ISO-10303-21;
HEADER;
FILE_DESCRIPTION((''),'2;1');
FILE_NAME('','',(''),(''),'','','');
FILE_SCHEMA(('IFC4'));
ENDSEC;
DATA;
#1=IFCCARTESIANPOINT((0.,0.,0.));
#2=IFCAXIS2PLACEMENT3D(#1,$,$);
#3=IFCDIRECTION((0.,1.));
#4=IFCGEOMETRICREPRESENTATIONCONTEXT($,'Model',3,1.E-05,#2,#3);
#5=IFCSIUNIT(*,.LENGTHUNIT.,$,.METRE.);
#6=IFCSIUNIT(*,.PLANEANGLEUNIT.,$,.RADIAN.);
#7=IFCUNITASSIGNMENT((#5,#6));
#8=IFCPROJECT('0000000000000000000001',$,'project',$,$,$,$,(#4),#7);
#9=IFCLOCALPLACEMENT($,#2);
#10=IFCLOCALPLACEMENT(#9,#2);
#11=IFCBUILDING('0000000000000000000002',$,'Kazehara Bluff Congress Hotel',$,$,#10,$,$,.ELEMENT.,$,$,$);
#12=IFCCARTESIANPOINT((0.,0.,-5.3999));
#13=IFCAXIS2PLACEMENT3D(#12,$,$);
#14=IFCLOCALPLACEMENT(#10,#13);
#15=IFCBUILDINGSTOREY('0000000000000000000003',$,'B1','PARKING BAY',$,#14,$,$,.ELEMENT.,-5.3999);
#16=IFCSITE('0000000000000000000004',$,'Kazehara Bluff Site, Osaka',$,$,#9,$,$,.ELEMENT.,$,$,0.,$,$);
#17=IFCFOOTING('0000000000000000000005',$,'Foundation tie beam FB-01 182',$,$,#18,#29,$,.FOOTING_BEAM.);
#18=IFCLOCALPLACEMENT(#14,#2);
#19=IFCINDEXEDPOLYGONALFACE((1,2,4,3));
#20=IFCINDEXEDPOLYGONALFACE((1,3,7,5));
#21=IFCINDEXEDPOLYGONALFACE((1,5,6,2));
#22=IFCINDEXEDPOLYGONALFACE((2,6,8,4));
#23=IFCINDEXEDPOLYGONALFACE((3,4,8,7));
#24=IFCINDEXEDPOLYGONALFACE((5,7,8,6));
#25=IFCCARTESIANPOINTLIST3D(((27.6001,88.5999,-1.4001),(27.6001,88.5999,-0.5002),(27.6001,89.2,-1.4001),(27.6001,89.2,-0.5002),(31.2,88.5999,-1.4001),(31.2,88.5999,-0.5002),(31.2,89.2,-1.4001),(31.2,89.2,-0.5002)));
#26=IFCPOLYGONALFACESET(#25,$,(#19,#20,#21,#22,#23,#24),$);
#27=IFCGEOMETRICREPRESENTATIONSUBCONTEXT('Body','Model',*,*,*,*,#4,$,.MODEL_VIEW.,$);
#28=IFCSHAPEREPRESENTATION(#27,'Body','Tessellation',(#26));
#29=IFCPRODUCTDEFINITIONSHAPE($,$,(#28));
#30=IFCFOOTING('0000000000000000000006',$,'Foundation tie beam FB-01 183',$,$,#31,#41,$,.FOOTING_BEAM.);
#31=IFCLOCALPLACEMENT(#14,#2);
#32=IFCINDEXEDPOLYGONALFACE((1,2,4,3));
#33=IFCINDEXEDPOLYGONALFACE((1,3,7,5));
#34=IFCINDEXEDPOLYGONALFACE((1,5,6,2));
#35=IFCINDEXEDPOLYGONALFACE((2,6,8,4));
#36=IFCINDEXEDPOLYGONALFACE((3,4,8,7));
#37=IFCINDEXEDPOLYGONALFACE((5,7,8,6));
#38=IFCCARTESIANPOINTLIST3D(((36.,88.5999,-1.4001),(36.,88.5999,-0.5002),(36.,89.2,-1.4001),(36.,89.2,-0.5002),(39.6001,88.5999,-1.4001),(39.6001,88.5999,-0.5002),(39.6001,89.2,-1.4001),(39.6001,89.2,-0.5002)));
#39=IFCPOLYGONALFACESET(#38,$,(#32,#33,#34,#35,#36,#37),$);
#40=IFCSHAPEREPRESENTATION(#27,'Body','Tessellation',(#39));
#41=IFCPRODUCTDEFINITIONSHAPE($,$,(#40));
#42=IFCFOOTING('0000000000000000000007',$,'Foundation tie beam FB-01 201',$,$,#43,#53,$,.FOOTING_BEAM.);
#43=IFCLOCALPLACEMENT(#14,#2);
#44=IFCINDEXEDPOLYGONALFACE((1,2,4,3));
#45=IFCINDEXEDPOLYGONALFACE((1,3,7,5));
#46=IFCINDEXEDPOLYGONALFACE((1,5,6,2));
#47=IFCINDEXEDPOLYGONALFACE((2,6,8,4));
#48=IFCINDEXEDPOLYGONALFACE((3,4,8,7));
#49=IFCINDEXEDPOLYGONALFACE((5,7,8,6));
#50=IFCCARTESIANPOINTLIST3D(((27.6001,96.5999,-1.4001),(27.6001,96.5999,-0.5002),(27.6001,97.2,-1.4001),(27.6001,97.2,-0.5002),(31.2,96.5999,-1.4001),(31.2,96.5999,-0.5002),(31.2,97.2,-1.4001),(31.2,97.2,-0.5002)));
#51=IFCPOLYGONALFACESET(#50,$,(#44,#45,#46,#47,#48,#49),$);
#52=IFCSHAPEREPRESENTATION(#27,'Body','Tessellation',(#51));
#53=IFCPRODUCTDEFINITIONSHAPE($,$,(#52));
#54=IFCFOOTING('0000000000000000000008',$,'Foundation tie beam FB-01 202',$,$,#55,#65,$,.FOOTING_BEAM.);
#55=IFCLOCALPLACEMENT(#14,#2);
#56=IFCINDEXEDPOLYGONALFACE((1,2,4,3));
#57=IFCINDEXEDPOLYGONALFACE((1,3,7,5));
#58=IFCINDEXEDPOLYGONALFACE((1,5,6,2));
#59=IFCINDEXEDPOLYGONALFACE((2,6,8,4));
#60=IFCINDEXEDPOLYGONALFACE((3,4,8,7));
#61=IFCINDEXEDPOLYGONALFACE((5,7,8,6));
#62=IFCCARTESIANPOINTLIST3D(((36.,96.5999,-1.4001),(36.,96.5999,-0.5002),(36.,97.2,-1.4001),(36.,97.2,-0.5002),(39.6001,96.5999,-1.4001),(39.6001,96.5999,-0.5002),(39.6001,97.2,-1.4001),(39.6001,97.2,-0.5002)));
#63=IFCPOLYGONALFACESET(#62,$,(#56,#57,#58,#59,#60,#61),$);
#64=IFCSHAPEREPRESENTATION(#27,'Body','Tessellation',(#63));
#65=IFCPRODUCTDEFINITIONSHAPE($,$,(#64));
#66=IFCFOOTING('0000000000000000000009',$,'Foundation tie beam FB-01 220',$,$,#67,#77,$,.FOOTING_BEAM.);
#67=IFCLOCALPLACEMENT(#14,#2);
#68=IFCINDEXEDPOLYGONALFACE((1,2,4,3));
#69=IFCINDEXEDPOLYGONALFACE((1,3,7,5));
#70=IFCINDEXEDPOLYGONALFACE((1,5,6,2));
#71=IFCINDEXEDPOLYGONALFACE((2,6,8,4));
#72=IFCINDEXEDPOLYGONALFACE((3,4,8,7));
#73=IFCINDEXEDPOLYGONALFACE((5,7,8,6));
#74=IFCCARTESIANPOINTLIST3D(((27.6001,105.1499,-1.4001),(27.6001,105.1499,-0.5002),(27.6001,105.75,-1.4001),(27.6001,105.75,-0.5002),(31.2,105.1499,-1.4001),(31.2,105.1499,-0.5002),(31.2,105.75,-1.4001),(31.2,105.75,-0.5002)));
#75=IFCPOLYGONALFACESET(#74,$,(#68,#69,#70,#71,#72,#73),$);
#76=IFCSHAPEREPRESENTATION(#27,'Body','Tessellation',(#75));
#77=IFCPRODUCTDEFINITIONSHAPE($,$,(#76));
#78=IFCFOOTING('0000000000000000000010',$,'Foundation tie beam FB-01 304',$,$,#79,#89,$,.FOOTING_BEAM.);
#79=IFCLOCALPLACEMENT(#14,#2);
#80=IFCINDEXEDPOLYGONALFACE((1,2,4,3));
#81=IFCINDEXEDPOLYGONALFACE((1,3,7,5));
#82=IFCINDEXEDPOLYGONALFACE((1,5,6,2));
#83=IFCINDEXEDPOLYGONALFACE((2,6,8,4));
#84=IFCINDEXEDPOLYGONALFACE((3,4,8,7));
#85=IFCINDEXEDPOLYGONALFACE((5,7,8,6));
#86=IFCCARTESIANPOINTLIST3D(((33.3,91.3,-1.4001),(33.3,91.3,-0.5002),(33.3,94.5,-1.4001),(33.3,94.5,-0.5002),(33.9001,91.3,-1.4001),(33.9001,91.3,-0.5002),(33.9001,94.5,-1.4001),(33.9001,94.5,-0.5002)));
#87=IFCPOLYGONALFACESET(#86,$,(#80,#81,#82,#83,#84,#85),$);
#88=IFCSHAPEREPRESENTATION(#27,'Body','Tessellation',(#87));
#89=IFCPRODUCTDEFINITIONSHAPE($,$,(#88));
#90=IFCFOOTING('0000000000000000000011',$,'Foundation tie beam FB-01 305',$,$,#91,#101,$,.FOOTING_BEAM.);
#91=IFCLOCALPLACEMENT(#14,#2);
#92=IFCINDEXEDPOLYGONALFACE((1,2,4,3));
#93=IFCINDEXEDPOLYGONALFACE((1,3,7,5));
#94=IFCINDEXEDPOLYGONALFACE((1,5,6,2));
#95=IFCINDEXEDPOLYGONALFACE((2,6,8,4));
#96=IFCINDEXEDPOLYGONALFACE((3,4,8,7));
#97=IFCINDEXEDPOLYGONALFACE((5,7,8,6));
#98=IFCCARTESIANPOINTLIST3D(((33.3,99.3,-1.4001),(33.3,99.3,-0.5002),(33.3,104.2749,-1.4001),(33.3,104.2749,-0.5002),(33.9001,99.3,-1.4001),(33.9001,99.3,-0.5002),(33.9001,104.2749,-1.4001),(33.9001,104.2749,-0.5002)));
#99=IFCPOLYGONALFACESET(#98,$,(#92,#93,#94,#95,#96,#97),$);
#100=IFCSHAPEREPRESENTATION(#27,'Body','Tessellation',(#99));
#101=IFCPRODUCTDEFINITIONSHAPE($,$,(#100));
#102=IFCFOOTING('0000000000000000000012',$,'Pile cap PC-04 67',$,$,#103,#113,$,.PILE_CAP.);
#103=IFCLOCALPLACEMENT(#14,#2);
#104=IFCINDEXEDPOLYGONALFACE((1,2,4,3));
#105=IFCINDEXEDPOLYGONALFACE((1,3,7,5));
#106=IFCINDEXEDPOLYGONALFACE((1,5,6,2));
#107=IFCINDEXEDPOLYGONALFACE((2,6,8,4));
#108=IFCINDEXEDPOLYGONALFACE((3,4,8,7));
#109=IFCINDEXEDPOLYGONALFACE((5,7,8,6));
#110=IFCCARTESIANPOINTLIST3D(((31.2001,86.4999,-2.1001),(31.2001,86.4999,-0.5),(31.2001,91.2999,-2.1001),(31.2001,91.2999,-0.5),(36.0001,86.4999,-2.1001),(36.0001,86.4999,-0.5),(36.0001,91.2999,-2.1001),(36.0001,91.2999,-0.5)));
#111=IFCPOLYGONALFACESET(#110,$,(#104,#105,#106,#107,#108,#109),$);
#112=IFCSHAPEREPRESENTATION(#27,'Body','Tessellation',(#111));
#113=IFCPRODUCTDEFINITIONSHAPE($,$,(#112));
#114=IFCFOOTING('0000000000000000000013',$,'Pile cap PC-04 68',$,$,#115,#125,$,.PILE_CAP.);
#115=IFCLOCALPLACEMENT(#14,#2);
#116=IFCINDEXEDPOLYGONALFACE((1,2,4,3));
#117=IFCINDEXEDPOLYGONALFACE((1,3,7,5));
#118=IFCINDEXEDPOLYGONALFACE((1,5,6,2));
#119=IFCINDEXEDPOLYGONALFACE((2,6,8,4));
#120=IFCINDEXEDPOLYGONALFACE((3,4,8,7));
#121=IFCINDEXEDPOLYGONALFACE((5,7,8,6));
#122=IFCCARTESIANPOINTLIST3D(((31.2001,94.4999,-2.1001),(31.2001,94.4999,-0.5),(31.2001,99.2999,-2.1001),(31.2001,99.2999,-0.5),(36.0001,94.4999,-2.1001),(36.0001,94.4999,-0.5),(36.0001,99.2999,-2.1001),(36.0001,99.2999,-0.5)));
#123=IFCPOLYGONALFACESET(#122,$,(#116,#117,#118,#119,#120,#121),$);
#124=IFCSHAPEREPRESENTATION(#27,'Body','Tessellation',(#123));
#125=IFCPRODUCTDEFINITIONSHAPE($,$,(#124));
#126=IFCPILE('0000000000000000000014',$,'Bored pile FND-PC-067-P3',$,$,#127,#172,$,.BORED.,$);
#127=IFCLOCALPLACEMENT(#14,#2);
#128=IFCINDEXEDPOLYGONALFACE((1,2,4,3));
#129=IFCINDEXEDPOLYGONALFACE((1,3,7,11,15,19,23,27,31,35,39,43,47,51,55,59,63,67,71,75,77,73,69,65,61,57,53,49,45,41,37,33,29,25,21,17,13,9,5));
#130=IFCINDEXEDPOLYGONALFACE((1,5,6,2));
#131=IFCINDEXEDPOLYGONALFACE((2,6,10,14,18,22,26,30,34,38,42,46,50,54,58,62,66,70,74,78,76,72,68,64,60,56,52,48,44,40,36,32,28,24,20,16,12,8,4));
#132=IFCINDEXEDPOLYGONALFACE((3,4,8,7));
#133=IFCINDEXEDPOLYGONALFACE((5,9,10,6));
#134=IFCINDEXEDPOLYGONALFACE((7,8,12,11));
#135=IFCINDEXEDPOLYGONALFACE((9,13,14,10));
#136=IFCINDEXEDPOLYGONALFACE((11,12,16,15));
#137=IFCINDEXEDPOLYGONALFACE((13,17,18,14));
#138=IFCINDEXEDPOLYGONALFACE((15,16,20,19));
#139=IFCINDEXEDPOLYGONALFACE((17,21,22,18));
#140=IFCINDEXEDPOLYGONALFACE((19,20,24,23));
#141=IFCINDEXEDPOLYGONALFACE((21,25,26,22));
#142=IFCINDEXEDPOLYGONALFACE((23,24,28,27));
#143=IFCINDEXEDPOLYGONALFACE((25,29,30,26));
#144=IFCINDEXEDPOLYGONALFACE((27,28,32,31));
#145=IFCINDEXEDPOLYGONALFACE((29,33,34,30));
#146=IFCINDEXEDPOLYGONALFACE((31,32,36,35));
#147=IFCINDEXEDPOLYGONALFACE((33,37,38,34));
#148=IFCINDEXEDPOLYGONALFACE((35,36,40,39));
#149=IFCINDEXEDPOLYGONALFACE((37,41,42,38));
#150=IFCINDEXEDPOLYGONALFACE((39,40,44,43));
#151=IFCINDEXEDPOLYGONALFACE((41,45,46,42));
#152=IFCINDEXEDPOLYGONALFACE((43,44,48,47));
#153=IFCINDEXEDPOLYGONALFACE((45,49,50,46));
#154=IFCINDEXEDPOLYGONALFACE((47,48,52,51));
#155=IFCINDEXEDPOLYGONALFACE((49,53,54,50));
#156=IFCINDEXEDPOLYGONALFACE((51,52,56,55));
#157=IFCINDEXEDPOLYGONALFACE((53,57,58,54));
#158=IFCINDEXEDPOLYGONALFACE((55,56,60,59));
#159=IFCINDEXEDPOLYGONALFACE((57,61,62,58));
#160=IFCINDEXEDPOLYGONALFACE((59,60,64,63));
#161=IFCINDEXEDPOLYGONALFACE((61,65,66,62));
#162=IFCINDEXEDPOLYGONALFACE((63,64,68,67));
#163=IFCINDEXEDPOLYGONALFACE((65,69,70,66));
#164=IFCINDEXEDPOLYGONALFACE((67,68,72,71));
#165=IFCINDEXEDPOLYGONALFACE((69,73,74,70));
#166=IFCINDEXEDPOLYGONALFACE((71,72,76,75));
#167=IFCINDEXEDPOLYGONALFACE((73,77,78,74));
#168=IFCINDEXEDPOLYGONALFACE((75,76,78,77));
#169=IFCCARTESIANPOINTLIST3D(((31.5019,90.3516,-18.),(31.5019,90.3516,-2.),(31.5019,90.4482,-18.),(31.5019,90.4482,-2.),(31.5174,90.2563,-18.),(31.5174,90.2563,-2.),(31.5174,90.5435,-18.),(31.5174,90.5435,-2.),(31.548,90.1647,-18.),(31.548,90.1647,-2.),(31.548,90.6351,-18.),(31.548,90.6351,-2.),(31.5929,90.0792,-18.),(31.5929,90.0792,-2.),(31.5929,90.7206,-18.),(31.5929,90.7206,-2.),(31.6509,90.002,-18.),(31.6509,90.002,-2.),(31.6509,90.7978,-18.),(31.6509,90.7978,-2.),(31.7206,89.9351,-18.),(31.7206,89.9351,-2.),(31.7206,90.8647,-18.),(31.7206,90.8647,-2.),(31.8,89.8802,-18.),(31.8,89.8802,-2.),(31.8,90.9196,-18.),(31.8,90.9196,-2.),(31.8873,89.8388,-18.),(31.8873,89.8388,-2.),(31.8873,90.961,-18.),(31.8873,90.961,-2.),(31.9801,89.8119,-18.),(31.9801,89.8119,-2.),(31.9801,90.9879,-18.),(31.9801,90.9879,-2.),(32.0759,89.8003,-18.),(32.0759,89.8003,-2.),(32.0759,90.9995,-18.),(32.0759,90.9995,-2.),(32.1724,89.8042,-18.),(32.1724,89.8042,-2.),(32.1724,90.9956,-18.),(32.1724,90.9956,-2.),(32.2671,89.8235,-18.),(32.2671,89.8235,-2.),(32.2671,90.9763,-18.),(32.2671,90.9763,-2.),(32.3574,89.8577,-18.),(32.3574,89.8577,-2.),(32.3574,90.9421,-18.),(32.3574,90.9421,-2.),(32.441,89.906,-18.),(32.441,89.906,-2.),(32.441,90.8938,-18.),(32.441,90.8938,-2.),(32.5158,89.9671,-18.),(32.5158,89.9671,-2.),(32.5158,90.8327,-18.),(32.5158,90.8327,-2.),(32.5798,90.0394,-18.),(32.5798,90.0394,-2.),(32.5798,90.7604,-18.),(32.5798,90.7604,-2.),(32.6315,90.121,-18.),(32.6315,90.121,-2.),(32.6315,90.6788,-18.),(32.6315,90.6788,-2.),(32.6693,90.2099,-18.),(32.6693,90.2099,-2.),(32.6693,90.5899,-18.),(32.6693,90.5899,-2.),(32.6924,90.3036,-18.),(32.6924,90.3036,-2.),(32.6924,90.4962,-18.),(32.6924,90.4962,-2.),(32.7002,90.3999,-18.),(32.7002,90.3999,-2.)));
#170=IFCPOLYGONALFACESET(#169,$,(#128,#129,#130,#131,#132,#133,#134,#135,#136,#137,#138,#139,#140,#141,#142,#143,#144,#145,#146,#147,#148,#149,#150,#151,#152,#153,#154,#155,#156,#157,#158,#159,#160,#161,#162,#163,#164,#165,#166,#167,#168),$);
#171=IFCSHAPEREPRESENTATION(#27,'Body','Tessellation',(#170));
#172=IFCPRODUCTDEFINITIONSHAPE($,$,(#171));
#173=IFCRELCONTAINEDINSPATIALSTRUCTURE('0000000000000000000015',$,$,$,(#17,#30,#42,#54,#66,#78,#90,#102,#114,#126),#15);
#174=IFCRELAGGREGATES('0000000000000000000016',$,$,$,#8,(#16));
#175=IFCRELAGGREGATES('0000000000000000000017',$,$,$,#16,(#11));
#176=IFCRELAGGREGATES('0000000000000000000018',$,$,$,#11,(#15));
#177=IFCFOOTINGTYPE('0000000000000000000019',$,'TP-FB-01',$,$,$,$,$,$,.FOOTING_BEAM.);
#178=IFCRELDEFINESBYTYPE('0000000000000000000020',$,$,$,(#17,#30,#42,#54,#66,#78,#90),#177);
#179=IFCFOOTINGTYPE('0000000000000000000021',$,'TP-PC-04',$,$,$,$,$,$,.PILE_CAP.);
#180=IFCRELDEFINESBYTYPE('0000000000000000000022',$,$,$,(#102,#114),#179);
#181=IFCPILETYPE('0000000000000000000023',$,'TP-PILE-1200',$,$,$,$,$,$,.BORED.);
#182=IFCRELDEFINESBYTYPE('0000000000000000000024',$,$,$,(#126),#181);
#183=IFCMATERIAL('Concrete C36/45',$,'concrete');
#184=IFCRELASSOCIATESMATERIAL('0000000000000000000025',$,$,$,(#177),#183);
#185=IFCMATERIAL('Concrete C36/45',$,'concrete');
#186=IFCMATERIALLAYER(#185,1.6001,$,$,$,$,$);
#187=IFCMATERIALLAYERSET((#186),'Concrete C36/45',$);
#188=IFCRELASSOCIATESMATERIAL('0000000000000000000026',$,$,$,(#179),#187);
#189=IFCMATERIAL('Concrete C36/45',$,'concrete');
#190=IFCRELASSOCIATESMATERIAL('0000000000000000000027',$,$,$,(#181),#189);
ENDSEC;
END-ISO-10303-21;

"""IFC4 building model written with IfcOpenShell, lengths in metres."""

from ifc_helpers import new_model, si_unit, direction, frame, origin, origin_2d, place, context, subcontext, project, spatial, rectangle, circle, extrude, material, layer, layer_set, material_profile, profile_set, type_object, element, save


model = new_model("IFC4")

# Units and contexts
model_context = context("Model", 3, precision=1e-05, world=origin(), true_north=direction((0.0, 1.0)))
body_context = subcontext(model_context, "Body", "Model", "MODEL_VIEW")
ifc_project = project(units=[si_unit("LENGTHUNIT", "METRE"), si_unit("PLANEANGLEUNIT", "RADIAN")], contexts=[model_context])

# Site, building, storey
site_placement = place(None, origin())
site = spatial("IfcSite", under=ifc_project, at=site_placement, Name="Kazehara Bluff Site, Osaka", CompositionType="ELEMENT", RefElevation=0.0)
building_placement = place(site_placement, origin())
building = spatial("IfcBuilding", under=site, at=building_placement, Name="Kazehara Bluff Congress Hotel", CompositionType="ELEMENT")
storey_placement = place(building_placement, frame((0.0, 0.0, -5.3999)))
storey = spatial("IfcBuildingStorey", under=building, at=storey_placement, Name="B1", Description="PARKING BAY", CompositionType="ELEMENT", Elevation=-5.3999)

# Footings
ifc_material_1 = material(Name="Concrete C36/45", Category="concrete")
ifc_material_profile_1 = material_profile(ifc_material_1, rectangle(XDim=0.6001, YDim=0.8999, at=origin_2d()))
ifc_profile_set_1 = profile_set([ifc_material_profile_1], Name="Concrete C36/45")
footing_type_1 = type_object("IfcFootingType", Name="TP-FB-01", PredefinedType="FOOTING_BEAM", material=ifc_profile_set_1)
footing_1_placement = place(storey_placement, frame((27.6001, 88.8999, -0.9502), z_axis=(1.0, 0.0, 0.0), x_axis=(0.0, 1.0, 0.0)))
element("IfcFooting", 1, at=footing_1_placement, inside=storey, type_object=footing_type_1, Name="Foundation tie beam FB-01 182", PredefinedType="FOOTING_BEAM", context=body_context, shape_type="SweptSolid", body=[
    extrude(rectangle(XDim=0.6001, YDim=0.8999, at=origin_2d()), origin(), (0.0, 0.0, 1.0), 3.5999),
])
footing_2_placement = place(storey_placement, frame((36.0, 88.8999, -0.9502), z_axis=(1.0, 0.0, 0.0), x_axis=(0.0, 1.0, 0.0)))
element("IfcFooting", 2, at=footing_2_placement, inside=storey, type_object=footing_type_1, Name="Foundation tie beam FB-01 183", PredefinedType="FOOTING_BEAM", context=body_context, shape_type="SweptSolid", body=[
    extrude(rectangle(XDim=0.6001, YDim=0.8999, at=origin_2d()), origin(), (0.0, 0.0, 1.0), 3.6001),
])
footing_3_placement = place(storey_placement, frame((27.6001, 96.8999, -0.9502), z_axis=(1.0, 0.0, 0.0), x_axis=(0.0, 1.0, 0.0)))
element("IfcFooting", 3, at=footing_3_placement, inside=storey, type_object=footing_type_1, Name="Foundation tie beam FB-01 201", PredefinedType="FOOTING_BEAM", context=body_context, shape_type="SweptSolid", body=[
    extrude(rectangle(XDim=0.6001, YDim=0.8999, at=origin_2d()), origin(), (0.0, 0.0, 1.0), 3.5999),
])
footing_4_placement = place(storey_placement, frame((36.0, 96.8999, -0.9502), z_axis=(1.0, 0.0, 0.0), x_axis=(0.0, 1.0, 0.0)))
element("IfcFooting", 4, at=footing_4_placement, inside=storey, type_object=footing_type_1, Name="Foundation tie beam FB-01 202", PredefinedType="FOOTING_BEAM", context=body_context, shape_type="SweptSolid", body=[
    extrude(rectangle(XDim=0.6001, YDim=0.8999, at=origin_2d()), origin(), (0.0, 0.0, 1.0), 3.6001),
])
footing_5_placement = place(storey_placement, frame((27.6001, 105.45, -0.9502), z_axis=(1.0, 0.0, 0.0), x_axis=(0.0, 1.0, 0.0)))
element("IfcFooting", 5, at=footing_5_placement, inside=storey, type_object=footing_type_1, Name="Foundation tie beam FB-01 220", PredefinedType="FOOTING_BEAM", context=body_context, shape_type="SweptSolid", body=[
    extrude(rectangle(XDim=0.6001, YDim=0.8999, at=origin_2d()), origin(), (0.0, 0.0, 1.0), 3.5999),
])
footing_6_placement = place(storey_placement, frame((33.6001, 91.3, -0.9502), z_axis=(0.0, 1.0, 0.0), x_axis=(-1.0, 0.0, 0.0)))
element("IfcFooting", 6, at=footing_6_placement, inside=storey, type_object=footing_type_1, Name="Foundation tie beam FB-01 304", PredefinedType="FOOTING_BEAM", context=body_context, shape_type="SweptSolid", body=[
    extrude(rectangle(XDim=0.6001, YDim=0.8999, at=origin_2d()), origin(), (0.0, 0.0, 1.0), 3.2),
])
footing_7_placement = place(storey_placement, frame((33.6001, 99.3, -0.9502), z_axis=(0.0, 1.0, 0.0), x_axis=(-1.0, 0.0, 0.0)))
element("IfcFooting", 7, at=footing_7_placement, inside=storey, type_object=footing_type_1, Name="Foundation tie beam FB-01 305", PredefinedType="FOOTING_BEAM", context=body_context, shape_type="SweptSolid", body=[
    extrude(rectangle(XDim=0.6001, YDim=0.8999, at=origin_2d()), origin(), (0.0, 0.0, 1.0), 4.9749),
])
ifc_material_2 = material(Name="Concrete C36/45", Category="concrete")
ifc_layer = layer(ifc_material_2, 1.6001)
ifc_layer_set = layer_set([ifc_layer], Name="Concrete C36/45")
footing_type_2 = type_object("IfcFootingType", Name="TP-PC-04", PredefinedType="PILE_CAP", material=ifc_layer_set)
for number, where, z_axis, x_axis, name in (
    (8, (33.6001, 88.8999, -2.1001), (0.0, 0.0, 1.0), (1.0, 0.0, 0.0), "Pile cap PC-04 67"),
    (9, (33.6001, 96.8999, -2.1001), (0.0, 0.0, 1.0), (1.0, 0.0, 0.0), "Pile cap PC-04 68"),
):
    element("IfcFooting", number, at=place(storey_placement, frame(where, z_axis=z_axis, x_axis=x_axis)), inside=storey, type_object=footing_type_2, Name=name, PredefinedType="PILE_CAP", context=body_context, shape_type="SweptSolid", body=[
        extrude(rectangle(XDim=4.8, YDim=4.8, at=origin_2d()), origin(), (0.0, 0.0, 1.0), 1.6001),
    ])

# Pile
ifc_material_3 = material(Name="Concrete C36/45", Category="concrete")
ifc_material_profile_2 = material_profile(ifc_material_3, circle(Radius=0.6001, at=origin_2d()))
ifc_profile_set_2 = profile_set([ifc_material_profile_2], Name="Concrete C36/45")
pile_type = type_object("IfcPileType", Name="TP-PILE-1200", PredefinedType="BORED", material=ifc_profile_set_2)
for number, where, z_axis, x_axis, name in (
    (10, (32.1001, 90.3999, -2.0), (0.0, 0.0, -1.0), (1.0, 0.0, 0.0), "Bored pile FND-PC-067-P3"),
):
    element("IfcPile", number, at=place(storey_placement, frame(where, z_axis=z_axis, x_axis=x_axis)), inside=storey, type_object=pile_type, Name=name, PredefinedType="BORED", context=body_context, shape_type="SweptSolid", body=[
        extrude(circle(Radius=0.6001, at=origin_2d()), origin(), (0.0, 0.0, 1.0), 16.0),
    ])

save(model, "model.ifc")
